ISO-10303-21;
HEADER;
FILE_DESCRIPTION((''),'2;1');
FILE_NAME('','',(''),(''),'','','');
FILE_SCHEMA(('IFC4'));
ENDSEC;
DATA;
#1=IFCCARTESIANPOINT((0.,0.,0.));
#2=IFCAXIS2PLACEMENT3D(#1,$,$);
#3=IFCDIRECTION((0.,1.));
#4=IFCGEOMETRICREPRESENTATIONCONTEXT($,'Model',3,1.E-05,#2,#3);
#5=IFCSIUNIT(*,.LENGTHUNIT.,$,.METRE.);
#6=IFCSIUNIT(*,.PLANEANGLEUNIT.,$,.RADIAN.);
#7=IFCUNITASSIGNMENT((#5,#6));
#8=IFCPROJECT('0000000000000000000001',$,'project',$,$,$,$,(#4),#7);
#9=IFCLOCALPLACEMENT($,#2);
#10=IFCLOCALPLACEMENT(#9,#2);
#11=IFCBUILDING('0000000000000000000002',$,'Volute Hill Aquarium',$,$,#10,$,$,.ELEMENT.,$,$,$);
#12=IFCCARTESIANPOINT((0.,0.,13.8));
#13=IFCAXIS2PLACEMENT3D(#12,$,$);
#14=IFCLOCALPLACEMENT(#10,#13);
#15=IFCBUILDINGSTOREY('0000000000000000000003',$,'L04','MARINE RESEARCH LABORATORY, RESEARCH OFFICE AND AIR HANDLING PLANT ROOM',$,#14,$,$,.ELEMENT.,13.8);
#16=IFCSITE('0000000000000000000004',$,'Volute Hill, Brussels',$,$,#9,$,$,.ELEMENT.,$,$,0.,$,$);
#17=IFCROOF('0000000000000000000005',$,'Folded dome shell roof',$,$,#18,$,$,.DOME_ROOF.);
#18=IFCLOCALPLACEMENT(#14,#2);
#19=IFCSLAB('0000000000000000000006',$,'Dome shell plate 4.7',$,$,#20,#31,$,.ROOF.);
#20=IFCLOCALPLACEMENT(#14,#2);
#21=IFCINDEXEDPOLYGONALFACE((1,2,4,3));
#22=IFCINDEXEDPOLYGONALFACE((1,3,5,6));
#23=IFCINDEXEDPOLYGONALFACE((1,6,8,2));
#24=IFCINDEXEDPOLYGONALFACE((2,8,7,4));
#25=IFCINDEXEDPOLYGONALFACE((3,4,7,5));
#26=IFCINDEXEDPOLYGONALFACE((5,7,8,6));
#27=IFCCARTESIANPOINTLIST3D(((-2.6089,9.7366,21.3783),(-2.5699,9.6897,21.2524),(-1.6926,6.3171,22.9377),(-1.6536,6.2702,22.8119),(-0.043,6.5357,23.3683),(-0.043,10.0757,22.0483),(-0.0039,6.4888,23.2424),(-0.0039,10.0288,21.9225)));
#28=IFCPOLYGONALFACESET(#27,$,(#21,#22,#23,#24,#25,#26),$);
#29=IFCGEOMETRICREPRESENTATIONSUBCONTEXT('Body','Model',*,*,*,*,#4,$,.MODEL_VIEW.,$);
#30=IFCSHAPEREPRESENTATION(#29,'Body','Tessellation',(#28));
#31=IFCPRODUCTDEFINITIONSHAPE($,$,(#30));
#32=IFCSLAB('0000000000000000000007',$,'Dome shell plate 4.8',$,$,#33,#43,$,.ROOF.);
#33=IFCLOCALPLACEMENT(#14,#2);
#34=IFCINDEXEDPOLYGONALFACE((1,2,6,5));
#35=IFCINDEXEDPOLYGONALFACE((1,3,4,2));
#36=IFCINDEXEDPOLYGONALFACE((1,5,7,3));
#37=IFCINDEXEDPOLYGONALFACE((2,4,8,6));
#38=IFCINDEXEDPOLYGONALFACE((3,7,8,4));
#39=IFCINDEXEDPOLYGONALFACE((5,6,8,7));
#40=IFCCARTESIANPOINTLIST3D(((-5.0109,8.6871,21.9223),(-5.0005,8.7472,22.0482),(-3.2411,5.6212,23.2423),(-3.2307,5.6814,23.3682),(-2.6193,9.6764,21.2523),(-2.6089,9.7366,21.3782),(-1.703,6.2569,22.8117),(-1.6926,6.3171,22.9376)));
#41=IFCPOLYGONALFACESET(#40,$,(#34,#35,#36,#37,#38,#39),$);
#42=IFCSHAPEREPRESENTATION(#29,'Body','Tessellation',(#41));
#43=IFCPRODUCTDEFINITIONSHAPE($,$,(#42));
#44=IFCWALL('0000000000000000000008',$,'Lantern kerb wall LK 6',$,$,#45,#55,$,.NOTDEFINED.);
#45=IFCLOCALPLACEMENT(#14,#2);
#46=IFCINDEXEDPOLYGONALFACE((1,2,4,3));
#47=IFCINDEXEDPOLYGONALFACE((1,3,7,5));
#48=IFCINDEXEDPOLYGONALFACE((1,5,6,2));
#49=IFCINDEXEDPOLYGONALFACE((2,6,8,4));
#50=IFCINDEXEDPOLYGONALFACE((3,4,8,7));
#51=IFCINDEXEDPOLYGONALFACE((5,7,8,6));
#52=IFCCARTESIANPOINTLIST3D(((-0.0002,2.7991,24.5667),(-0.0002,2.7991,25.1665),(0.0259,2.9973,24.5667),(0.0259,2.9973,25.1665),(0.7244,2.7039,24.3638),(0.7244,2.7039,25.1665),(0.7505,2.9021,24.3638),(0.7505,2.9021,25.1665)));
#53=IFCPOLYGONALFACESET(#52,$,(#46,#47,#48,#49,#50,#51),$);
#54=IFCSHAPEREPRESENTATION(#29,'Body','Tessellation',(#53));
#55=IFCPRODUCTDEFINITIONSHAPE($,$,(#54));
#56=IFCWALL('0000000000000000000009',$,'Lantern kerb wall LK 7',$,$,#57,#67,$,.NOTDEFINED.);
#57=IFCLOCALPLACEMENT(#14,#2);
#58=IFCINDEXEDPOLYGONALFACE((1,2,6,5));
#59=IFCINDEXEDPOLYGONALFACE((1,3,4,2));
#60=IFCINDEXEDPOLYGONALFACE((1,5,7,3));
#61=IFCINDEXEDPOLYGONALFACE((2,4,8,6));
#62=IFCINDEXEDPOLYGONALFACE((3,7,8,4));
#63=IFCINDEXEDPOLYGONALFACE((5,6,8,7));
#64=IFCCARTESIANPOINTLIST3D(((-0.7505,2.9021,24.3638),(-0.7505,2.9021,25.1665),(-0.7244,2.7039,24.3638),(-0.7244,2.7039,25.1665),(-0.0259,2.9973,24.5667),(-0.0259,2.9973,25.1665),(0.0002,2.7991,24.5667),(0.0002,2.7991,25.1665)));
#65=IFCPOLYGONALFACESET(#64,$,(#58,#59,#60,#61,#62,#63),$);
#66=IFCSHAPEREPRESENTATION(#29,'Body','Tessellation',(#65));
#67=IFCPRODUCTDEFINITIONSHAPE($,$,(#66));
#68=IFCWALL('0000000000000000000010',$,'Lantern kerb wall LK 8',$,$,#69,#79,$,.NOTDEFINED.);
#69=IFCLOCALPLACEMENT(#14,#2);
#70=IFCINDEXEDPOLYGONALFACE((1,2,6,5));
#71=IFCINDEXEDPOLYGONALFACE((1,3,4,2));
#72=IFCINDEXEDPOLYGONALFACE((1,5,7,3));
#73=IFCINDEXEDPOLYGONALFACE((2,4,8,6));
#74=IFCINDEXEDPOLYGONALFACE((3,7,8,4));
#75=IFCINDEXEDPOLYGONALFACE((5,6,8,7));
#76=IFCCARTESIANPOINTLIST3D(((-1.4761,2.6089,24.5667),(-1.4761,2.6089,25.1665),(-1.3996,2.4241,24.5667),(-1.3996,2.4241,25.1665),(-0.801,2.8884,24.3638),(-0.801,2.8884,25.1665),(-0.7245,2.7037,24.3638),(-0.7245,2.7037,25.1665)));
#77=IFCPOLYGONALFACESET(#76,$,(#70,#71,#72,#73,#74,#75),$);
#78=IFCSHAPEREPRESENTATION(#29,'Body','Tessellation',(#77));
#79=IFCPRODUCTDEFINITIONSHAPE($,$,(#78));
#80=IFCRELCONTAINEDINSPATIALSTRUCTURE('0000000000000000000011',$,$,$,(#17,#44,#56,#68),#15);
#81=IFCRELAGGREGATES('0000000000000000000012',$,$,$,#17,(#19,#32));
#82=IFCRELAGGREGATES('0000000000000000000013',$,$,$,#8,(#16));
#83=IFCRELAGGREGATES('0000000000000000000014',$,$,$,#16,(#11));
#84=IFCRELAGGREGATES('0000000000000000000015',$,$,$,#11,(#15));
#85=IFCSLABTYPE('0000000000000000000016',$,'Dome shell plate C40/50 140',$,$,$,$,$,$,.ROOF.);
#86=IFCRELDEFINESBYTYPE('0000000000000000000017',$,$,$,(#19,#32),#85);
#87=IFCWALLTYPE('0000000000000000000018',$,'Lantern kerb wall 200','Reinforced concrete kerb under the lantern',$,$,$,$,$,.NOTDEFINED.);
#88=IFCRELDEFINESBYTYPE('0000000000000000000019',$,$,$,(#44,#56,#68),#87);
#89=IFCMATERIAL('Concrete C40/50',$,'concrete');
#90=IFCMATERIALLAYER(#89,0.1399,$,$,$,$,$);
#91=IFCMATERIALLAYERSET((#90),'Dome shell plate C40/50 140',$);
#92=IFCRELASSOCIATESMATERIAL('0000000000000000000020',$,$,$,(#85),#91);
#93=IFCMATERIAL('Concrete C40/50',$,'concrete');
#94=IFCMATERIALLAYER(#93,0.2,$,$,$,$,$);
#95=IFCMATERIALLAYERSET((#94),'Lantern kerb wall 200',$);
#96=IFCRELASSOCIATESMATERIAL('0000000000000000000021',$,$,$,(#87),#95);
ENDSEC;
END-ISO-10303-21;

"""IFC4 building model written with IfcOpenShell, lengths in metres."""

from ifc_helpers import new_model, si_unit, direction, frame, origin, place, context, subcontext, project, spatial, polyline, outline, extrude, material, layer, layer_set, type_object, element, aggregate, save


model = new_model("IFC4")

# Units and contexts
model_context = context("Model", 3, precision=1e-05, world=origin(), true_north=direction((0.0, 1.0)))
body_context = subcontext(model_context, "Body", "Model", "MODEL_VIEW")
ifc_project = project(units=[si_unit("LENGTHUNIT", "METRE"), si_unit("PLANEANGLEUNIT", "RADIAN")], contexts=[model_context])

# Site, building, storey
site_placement = place(None, origin())
site = spatial("IfcSite", under=ifc_project, at=site_placement, Name="Volute Hill, Brussels", CompositionType="ELEMENT", RefElevation=0.0)
building_placement = place(site_placement, origin())
building = spatial("IfcBuilding", under=site, at=building_placement, Name="Volute Hill Aquarium", CompositionType="ELEMENT")
storey_placement = place(building_placement, frame((0.0, 0.0, 13.8)))
storey = spatial("IfcBuildingStorey", under=building, at=storey_placement, Name="L04", Description="MARINE RESEARCH LABORATORY, RESEARCH OFFICE AND AIR HANDLING PLANT ROOM", CompositionType="ELEMENT", Elevation=13.8)

# Roof, slabs
roof_placement = place(storey_placement, origin())
roof = element("IfcRoof", 1, at=roof_placement, inside=storey, Name="Folded dome shell roof", PredefinedType="DOME_ROOF")
ifc_material_1 = material(Name="Concrete C40/50", Category="concrete")
ifc_layer_1 = layer(ifc_material_1, 0.1399)
ifc_layer_set_1 = layer_set([ifc_layer_1], Name="Dome shell plate C40/50 140")
slab_type_1 = type_object("IfcSlabType", Name="Dome shell plate C40/50 140", PredefinedType="ROOF", material=ifc_layer_set_1)
slab_1_placement = place(storey_placement, frame((-0.043, 10.0757, 22.0483), z_axis=(-0.279266, 0.335474, 0.899704), x_axis=(-0.959744, -0.12682, -0.250615)))
slab_1 = element("IfcSlab", 2, at=slab_1_placement, type_object=slab_type_1, Name="Dome shell plate 4.7", PredefinedType="ROOF", context=body_context, shape_type="SweptSolid", body=[
    extrude(outline(polyline([(0.0, 0.0), (2.6736, 0.0), (1.837, 3.7768), (0.1182, 3.7762), (0.0, 0.0)])), origin(), (0.0, 0.0, -1.0), 0.1399),
])
slab_2_placement = place(storey_placement, frame((-2.6089, 9.7366, 21.3782), z_axis=(0.074106, 0.43015, 0.899711), x_axis=(-0.894569, -0.370057, 0.250606)))
slab_2 = element("IfcSlab", 3, at=slab_2_placement, type_object=slab_type_1, Name="Dome shell plate 4.8", PredefinedType="ROOF", context=body_context, shape_type="SweptSolid", body=[
    extrude(outline(polyline([(0.0, 0.0), (2.6735, 0.0), (2.5556, 3.7762), (0.8366, 3.7768), (0.0, 0.0)])), origin(), (0.0, 0.0, -1.0), 0.1399),
])
aggregate(roof, [slab_1, slab_2])

# Walls
ifc_material_2 = material(Name="Concrete C40/50", Category="concrete")
ifc_layer_2 = layer(ifc_material_2, 0.2)
ifc_layer_set_2 = layer_set([ifc_layer_2], Name="Lantern kerb wall 200")
wall_type = type_object("IfcWallType", Name="Lantern kerb wall 200", Description="Reinforced concrete kerb under the lantern", PredefinedType="NOTDEFINED", material=ifc_layer_set_2)
wall_1_placement = place(storey_placement, frame((0.7505, 2.9021, 24.3638), z_axis=(0.130282, 0.991477, 0.0), x_axis=(-0.95535, 0.125534, 0.267485)))
element("IfcWall", 4, at=wall_1_placement, inside=storey, type_object=wall_type, Name="Lantern kerb wall LK 6", PredefinedType="NOTDEFINED", context=body_context, shape_type="SweptSolid", body=[
    extrude(outline(polyline([(0.0, 0.0), (0.7585, 0.0), (0.9189, 0.578), (0.2147, 0.7735), (0.0, 0.0)])), origin(), (0.0, 0.0, -1.0), 0.2),
])
wall_2_placement = place(storey_placement, frame((-0.0259, 2.9973, 24.5667), z_axis=(-0.130282, 0.991477, 0.0), x_axis=(-0.95535, -0.125534, -0.267485)))
element("IfcWall", 5, at=wall_2_placement, inside=storey, type_object=wall_type, Name="Lantern kerb wall LK 7", PredefinedType="NOTDEFINED", context=body_context, shape_type="SweptSolid", body=[
    extrude(outline(polyline([(0.0, 0.0), (0.7585, 0.0), (0.5438, 0.7735), (-0.1605, 0.578), (0.0, 0.0)])), origin(), (0.0, 0.0, -1.0), 0.2),
])
wall_3_placement = place(storey_placement, frame((-0.801, 2.8884, 24.3638), z_axis=(-0.382598, 0.923915, 0.0), x_axis=(-0.890232, -0.368649, 0.267553)))
element("IfcWall", 6, at=wall_3_placement, inside=storey, type_object=wall_type, Name="Lantern kerb wall LK 8", PredefinedType="NOTDEFINED", context=body_context, shape_type="SweptSolid", body=[
    extrude(outline(polyline([(0.0, 0.0), (0.7583, 0.0), (0.9188, 0.578), (0.2148, 0.7735), (0.0, 0.0)])), origin(), (0.0, 0.0, -1.0), 0.2),
])

save(model, "model.ifc")
